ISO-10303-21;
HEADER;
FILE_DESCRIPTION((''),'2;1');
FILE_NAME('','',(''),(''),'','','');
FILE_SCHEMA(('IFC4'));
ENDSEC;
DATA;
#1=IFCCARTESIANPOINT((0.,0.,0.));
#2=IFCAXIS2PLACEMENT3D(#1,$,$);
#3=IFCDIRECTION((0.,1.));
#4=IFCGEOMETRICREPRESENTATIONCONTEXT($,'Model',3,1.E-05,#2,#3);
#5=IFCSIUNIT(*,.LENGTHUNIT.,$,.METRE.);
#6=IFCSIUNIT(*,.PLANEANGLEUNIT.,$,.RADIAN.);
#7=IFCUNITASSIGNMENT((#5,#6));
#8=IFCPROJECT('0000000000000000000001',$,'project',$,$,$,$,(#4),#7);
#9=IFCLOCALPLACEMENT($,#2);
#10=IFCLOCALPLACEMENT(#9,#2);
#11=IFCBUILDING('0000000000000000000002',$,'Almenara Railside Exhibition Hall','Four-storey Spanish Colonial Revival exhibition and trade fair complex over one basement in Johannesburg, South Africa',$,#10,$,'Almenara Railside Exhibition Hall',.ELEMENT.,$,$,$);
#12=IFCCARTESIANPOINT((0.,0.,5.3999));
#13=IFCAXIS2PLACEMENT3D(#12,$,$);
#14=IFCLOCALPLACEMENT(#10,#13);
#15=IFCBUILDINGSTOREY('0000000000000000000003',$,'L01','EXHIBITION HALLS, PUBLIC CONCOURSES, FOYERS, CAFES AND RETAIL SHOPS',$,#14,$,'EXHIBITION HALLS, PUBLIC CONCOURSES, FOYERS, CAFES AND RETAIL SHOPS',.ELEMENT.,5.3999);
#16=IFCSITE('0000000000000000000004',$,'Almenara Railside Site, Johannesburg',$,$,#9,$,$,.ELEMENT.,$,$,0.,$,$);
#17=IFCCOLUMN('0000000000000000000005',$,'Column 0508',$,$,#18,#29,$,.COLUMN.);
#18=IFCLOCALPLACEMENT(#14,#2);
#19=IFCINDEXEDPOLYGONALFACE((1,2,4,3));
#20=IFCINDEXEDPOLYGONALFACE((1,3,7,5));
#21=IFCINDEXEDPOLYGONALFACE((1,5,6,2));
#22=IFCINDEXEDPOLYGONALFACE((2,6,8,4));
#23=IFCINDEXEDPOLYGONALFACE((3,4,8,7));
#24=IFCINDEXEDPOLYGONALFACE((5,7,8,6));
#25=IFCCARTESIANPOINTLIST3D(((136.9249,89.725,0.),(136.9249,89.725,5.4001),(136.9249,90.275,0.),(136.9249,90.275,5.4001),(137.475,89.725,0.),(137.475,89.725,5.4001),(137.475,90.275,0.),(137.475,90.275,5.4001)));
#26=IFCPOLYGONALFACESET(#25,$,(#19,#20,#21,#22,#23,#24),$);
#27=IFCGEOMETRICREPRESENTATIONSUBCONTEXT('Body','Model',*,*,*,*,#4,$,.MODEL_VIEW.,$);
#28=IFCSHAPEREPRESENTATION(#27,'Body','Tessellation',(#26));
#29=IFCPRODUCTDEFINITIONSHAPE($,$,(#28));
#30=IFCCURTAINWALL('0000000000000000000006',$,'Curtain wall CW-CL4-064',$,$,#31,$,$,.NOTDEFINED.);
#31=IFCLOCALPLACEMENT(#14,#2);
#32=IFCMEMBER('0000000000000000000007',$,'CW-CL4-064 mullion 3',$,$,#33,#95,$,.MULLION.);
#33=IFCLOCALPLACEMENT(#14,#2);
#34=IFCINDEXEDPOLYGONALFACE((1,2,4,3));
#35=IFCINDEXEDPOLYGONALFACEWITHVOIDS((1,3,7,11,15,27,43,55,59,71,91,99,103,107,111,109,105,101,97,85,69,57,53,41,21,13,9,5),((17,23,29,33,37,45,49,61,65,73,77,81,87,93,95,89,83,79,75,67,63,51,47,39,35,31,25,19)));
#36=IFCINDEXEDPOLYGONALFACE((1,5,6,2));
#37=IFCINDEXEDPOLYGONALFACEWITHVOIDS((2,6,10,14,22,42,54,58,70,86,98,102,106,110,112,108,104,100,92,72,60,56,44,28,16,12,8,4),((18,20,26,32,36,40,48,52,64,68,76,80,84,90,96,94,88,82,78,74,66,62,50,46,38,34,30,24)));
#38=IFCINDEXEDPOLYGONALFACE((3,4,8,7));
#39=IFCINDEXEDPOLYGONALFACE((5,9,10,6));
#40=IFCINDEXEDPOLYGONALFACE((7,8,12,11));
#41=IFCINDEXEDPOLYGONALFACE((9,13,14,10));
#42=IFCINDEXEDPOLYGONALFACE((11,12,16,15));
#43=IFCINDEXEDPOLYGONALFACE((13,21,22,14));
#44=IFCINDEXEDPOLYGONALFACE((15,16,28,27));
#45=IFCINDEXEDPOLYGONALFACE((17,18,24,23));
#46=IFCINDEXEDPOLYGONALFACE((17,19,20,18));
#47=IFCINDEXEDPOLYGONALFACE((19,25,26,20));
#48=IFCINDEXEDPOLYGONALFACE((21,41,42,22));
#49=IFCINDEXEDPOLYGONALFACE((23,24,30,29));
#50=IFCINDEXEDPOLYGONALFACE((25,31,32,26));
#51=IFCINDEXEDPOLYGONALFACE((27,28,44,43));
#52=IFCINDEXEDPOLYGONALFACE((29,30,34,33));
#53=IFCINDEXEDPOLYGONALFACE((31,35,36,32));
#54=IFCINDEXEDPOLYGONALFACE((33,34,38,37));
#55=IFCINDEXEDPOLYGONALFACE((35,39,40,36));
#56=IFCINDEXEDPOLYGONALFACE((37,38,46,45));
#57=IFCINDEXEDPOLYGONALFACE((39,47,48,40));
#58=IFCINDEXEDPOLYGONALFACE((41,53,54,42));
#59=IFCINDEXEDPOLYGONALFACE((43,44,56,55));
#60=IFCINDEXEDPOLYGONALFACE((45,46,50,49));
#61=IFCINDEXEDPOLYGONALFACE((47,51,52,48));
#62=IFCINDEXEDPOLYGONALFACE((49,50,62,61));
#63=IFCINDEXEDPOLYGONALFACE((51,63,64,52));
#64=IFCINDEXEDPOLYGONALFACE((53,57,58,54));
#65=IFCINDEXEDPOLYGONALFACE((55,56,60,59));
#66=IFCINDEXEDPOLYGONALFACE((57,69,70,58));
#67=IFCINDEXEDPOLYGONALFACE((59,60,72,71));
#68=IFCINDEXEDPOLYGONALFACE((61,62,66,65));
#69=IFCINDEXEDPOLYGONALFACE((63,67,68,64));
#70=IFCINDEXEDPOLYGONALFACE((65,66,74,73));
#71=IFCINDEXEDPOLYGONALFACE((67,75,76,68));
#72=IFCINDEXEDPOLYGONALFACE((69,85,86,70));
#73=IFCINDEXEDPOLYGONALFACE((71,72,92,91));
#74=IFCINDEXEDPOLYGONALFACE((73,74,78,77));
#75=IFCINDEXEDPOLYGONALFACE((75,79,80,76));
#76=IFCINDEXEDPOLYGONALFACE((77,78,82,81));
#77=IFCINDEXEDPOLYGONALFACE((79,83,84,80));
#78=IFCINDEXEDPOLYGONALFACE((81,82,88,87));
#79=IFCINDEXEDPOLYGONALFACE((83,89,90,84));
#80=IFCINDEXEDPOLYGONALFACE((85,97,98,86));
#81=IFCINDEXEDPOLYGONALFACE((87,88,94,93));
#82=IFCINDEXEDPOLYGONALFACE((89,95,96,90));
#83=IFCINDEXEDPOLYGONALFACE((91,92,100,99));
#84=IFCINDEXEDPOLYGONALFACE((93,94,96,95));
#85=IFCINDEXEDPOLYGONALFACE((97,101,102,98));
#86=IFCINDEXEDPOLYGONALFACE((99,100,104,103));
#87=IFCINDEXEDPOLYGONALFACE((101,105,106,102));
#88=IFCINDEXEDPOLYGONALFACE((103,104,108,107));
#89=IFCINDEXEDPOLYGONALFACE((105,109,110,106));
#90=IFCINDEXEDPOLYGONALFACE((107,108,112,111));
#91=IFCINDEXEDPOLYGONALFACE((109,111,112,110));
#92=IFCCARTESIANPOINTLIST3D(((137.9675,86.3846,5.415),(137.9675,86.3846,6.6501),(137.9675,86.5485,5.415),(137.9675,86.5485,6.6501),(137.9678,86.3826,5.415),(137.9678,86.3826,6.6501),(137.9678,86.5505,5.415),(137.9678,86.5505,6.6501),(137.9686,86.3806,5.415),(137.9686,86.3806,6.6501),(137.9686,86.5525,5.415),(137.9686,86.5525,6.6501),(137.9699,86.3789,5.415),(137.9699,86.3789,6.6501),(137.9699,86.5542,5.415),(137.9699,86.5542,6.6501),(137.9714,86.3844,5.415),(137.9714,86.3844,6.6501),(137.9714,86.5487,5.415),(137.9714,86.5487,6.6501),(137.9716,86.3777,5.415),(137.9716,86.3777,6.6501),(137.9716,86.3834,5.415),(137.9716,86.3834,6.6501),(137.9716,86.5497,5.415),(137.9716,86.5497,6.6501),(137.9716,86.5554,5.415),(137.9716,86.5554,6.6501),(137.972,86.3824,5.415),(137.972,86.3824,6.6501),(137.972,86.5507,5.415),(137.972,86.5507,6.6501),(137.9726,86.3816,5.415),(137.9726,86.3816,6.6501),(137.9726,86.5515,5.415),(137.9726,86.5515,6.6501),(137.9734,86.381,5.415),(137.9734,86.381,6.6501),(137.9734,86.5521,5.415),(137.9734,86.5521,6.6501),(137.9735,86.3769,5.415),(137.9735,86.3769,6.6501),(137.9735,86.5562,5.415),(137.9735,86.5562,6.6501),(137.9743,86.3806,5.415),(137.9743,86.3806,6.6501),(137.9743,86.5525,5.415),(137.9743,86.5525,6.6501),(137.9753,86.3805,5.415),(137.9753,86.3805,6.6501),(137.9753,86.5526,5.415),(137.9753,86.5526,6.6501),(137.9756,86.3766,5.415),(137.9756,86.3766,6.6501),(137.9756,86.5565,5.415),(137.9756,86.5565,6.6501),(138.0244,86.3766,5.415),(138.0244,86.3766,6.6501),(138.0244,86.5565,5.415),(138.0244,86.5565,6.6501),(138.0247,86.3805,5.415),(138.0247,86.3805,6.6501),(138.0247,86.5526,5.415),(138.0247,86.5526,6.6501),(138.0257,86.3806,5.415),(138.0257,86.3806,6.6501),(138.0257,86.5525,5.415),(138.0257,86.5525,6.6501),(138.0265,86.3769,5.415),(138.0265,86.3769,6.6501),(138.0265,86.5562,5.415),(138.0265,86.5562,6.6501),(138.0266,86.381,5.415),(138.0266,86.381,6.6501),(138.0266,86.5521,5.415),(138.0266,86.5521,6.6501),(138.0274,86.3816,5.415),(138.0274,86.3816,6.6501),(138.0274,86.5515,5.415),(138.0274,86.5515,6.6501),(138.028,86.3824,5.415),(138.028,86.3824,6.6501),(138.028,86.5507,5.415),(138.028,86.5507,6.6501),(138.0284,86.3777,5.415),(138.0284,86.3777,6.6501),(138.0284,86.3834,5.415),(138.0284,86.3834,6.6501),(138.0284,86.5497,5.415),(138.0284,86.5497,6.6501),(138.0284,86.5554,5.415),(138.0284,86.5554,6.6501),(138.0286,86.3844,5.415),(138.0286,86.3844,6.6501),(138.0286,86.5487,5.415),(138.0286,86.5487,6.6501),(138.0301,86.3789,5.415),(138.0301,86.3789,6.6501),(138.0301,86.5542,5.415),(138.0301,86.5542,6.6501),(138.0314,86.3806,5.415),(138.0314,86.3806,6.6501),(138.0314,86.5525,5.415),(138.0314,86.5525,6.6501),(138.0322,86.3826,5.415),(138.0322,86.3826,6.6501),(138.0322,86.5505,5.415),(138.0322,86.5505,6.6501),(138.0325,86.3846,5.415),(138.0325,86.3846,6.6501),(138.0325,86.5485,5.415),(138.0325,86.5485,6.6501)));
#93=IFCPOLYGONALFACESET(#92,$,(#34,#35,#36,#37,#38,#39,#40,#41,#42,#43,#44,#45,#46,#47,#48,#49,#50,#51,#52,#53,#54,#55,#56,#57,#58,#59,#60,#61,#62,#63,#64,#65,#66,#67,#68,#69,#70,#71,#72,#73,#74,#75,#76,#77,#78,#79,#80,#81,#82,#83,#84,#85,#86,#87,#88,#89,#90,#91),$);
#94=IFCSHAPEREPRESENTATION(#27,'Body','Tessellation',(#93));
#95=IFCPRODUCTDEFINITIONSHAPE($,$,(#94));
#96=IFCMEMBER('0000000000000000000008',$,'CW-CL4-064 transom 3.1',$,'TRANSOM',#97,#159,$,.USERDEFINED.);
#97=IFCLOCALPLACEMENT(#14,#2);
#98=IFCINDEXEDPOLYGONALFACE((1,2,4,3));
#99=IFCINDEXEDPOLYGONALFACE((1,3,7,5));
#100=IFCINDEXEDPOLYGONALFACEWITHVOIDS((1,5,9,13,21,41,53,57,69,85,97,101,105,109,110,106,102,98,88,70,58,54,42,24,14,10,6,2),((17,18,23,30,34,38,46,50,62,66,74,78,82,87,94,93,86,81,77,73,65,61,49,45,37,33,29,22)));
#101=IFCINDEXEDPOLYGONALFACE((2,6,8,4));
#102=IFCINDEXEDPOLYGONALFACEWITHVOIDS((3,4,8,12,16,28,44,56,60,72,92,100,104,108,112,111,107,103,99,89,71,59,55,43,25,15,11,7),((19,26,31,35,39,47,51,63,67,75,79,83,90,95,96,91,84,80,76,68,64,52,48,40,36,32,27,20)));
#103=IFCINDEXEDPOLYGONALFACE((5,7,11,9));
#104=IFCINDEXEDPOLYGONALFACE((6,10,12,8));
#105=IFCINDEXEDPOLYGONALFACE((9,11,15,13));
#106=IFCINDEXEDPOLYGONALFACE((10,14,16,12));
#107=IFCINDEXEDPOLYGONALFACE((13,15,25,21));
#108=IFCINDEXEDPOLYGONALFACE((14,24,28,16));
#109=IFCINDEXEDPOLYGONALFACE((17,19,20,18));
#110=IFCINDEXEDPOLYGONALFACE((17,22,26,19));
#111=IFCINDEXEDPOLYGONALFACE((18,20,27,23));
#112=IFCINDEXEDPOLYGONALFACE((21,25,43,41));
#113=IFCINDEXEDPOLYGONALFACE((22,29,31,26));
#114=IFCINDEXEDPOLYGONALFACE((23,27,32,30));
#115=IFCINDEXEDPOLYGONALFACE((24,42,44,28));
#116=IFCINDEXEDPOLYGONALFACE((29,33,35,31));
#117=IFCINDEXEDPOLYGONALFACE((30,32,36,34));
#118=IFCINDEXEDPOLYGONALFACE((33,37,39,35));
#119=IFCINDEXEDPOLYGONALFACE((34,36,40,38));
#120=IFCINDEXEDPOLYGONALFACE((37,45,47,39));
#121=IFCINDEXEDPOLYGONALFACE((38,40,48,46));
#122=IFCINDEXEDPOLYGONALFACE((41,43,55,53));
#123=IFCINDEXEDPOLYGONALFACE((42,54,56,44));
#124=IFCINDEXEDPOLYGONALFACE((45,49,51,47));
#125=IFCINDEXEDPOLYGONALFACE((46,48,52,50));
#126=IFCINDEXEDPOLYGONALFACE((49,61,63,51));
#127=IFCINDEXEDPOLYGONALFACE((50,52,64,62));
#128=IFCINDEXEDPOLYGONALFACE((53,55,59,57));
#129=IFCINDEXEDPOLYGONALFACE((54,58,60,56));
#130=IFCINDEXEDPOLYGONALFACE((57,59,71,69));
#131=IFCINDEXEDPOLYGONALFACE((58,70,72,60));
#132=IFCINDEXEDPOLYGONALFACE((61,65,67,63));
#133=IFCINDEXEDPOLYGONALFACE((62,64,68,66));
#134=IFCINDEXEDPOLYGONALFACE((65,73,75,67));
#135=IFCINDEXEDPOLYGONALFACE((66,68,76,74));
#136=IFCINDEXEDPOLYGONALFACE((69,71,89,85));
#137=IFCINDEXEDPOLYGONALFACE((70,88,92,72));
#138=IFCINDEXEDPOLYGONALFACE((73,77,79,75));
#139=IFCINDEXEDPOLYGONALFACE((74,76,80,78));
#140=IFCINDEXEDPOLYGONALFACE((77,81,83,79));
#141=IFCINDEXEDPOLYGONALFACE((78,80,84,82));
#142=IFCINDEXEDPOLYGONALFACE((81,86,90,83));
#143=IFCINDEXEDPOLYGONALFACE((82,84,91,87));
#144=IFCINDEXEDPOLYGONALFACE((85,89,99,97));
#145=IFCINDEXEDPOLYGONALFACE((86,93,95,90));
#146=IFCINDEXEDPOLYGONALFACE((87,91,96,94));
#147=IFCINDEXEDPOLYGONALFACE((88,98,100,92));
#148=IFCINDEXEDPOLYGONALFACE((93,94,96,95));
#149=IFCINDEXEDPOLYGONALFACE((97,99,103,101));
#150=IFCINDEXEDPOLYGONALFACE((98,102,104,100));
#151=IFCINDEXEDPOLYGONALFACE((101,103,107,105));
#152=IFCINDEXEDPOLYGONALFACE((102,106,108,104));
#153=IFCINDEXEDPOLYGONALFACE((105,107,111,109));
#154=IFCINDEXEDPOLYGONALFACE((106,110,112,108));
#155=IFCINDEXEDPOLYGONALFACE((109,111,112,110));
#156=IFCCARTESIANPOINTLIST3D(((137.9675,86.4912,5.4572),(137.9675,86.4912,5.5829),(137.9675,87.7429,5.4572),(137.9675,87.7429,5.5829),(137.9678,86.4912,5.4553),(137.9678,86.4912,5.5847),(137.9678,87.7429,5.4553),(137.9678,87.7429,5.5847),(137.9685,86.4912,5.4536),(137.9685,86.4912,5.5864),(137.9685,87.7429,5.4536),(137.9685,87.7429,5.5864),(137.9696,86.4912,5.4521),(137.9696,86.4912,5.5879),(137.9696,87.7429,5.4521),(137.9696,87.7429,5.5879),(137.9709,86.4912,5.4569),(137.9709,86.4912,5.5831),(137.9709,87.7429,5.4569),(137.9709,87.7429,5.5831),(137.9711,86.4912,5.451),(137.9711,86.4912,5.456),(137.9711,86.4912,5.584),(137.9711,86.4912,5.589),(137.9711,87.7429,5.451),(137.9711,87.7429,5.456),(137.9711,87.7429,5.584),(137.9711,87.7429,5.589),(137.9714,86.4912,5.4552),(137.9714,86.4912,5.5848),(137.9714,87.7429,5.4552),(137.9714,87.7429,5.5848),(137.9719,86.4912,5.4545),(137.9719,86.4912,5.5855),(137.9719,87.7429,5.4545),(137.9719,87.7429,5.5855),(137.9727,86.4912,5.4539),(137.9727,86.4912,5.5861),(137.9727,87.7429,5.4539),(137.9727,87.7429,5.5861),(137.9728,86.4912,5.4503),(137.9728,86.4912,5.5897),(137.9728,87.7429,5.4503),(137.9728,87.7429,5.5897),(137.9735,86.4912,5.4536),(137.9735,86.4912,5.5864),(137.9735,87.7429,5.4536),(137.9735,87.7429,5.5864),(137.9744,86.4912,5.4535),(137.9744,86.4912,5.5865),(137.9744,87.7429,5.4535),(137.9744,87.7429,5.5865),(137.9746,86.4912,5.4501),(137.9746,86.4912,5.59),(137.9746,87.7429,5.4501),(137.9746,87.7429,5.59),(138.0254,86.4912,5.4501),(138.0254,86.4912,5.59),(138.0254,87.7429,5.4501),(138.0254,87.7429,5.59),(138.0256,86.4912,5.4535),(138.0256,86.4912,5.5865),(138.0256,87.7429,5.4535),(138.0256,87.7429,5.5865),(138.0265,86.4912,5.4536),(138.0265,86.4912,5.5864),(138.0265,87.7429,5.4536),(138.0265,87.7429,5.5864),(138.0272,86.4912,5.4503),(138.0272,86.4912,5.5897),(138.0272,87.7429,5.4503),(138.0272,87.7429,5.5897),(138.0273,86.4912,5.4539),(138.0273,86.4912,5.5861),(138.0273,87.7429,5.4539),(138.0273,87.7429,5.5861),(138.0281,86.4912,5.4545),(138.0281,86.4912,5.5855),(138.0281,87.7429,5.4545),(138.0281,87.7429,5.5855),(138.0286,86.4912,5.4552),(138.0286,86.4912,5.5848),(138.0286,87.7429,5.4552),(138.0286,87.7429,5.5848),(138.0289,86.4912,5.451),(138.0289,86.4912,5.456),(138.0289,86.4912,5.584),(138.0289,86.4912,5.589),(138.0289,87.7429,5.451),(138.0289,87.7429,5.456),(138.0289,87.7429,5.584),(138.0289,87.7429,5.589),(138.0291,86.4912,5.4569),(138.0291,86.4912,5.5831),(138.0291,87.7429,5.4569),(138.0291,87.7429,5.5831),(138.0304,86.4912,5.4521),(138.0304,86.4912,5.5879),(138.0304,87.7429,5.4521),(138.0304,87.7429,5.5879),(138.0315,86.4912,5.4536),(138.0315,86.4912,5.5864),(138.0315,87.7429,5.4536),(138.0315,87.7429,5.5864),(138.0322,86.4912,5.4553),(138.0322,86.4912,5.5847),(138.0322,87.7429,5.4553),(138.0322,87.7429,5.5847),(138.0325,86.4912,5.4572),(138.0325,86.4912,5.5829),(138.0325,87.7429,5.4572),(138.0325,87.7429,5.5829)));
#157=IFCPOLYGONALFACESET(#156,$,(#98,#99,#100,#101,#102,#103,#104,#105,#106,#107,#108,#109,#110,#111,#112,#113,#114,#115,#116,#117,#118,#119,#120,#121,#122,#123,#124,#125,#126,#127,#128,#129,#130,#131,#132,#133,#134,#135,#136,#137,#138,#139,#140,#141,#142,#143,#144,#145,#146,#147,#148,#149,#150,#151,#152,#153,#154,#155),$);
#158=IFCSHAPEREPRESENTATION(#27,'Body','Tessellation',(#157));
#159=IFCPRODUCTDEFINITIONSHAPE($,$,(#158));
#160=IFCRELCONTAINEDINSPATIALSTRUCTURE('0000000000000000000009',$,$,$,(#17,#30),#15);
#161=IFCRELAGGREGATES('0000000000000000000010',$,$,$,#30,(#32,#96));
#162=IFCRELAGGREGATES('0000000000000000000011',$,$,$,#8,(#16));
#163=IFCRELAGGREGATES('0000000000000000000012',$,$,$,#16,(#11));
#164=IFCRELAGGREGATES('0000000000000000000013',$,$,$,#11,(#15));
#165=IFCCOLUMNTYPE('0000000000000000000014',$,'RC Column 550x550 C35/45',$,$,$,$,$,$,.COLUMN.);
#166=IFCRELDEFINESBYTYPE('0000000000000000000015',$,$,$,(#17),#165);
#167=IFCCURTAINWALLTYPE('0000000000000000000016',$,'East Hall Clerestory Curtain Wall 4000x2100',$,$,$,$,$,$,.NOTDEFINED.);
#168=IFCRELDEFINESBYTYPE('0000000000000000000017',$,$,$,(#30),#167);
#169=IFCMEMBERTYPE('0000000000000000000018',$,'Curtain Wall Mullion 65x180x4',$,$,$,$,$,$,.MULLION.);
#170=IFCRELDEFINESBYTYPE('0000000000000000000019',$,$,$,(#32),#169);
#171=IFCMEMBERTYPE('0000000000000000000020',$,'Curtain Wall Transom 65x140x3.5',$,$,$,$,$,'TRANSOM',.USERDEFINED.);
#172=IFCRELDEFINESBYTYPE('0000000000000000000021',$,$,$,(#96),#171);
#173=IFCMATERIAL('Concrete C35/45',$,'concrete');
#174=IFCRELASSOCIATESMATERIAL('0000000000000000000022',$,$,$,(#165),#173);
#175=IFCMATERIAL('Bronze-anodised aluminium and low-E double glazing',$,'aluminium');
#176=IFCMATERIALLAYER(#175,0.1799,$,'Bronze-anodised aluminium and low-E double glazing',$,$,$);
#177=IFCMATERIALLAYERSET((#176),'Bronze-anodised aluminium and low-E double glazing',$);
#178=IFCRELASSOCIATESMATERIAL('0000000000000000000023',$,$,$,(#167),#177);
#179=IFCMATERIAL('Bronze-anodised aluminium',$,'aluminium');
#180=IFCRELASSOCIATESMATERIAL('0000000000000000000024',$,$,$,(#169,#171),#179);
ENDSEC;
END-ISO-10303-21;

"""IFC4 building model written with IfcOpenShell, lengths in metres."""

from ifc_helpers import new_model, si_unit, direction, frame, origin, origin_2d, place, context, subcontext, project, spatial, rectangle, hollow_rectangle, extrude, material, layer, layer_set, material_profile, profile_set, type_object, element, aggregate, save


model = new_model("IFC4")

# Units and contexts
model_context = context("Model", 3, precision=1e-05, world=origin(), true_north=direction((0.0, 1.0)))
body_context = subcontext(model_context, "Body", "Model", "MODEL_VIEW")
ifc_project = project(units=[si_unit("LENGTHUNIT", "METRE"), si_unit("PLANEANGLEUNIT", "RADIAN")], contexts=[model_context])

# Site, building, storey
site_placement = place(None, origin())
site = spatial("IfcSite", under=ifc_project, at=site_placement, Name="Almenara Railside Site, Johannesburg", CompositionType="ELEMENT", RefElevation=0.0)
building_placement = place(site_placement, origin())
building = spatial("IfcBuilding", under=site, at=building_placement, Name="Almenara Railside Exhibition Hall", Description="Four-storey Spanish Colonial Revival exhibition and trade fair complex over one basement in Johannesburg, South Africa", LongName="Almenara Railside Exhibition Hall", CompositionType="ELEMENT")
storey_placement = place(building_placement, frame((0.0, 0.0, 5.3999)))
storey = spatial("IfcBuildingStorey", under=building, at=storey_placement, Name="L01", Description="EXHIBITION HALLS, PUBLIC CONCOURSES, FOYERS, CAFES AND RETAIL SHOPS", LongName="EXHIBITION HALLS, PUBLIC CONCOURSES, FOYERS, CAFES AND RETAIL SHOPS", CompositionType="ELEMENT", Elevation=5.3999)

# Column
ifc_material_1 = material(Name="Concrete C35/45", Category="concrete")
ifc_material_profile_1 = material_profile(ifc_material_1, rectangle(XDim=0.55, YDim=0.55, at=origin_2d()), Name="RC 550x550")
ifc_profile_set_1 = profile_set([ifc_material_profile_1], Name="Concrete C35/45")
column_type = type_object("IfcColumnType", Name="RC Column 550x550 C35/45", PredefinedType="COLUMN", material=ifc_profile_set_1)
column_placement = place(storey_placement, frame((137.2, 90.0, 0.0), z_axis=(0.0, 0.0, 1.0), x_axis=(1.0, 0.0, 0.0)))
element("IfcColumn", 1, at=column_placement, inside=storey, type_object=column_type, Name="Column 0508", PredefinedType="COLUMN", context=body_context, shape_type="SweptSolid", body=[
    extrude(rectangle(XDim=0.55, YDim=0.55, at=origin_2d()), origin(), (0.0, 0.0, 1.0), 5.4001),
])

# Curtain wall, members
ifc_material_2 = material(Name="Bronze-anodised aluminium and low-E double glazing", Category="aluminium")
ifc_layer_1 = layer(ifc_material_2, 0.1799, Name="Bronze-anodised aluminium and low-E double glazing")
ifc_layer_set_1 = layer_set([ifc_layer_1], Name="Bronze-anodised aluminium and low-E double glazing")
curtain_wall_type = type_object("IfcCurtainWallType", Name="East Hall Clerestory Curtain Wall 4000x2100", PredefinedType="NOTDEFINED", material=ifc_layer_set_1)
curtain_wall_placement = place(storey_placement, origin())
curtain_wall = element("IfcCurtainWall", 2, at=curtain_wall_placement, inside=storey, type_object=curtain_wall_type, Name="Curtain wall CW-CL4-064", PredefinedType="NOTDEFINED")
ifc_material_3 = material(Name="Bronze-anodised aluminium", Category="aluminium")
ifc_material_profile_2 = material_profile(ifc_material_3, hollow_rectangle(XDim=0.0649, YDim=0.1799, WallThickness=0.0039, InnerFilletRadius=0.0039, OuterFilletRadius=0.0081, at=origin_2d()), Name="ALU-MUL 65x180x4")
ifc_profile_set_2 = profile_set([ifc_material_profile_2], Name="Bronze-anodised aluminium")
member_type_1 = type_object("IfcMemberType", Name="Curtain Wall Mullion 65x180x4", PredefinedType="MULLION", material=ifc_profile_set_2)
member_1_placement = place(storey_placement, frame((138.0, 86.4666, 5.415), z_axis=(0.0, 0.0, 1.0), x_axis=(-1.0, 0.0, 0.0)))
member_1 = element("IfcMember", 3, at=member_1_placement, type_object=member_type_1, Name="CW-CL4-064 mullion 3", PredefinedType="MULLION", context=body_context, shape_type="SweptSolid", body=[
    extrude(hollow_rectangle(XDim=0.0649, YDim=0.1799, WallThickness=0.0039, InnerFilletRadius=0.0039, OuterFilletRadius=0.0081, at=origin_2d()), origin(), (0.0, 0.0, 1.0), 1.2351),
])
ifc_material_profile_3 = material_profile(ifc_material_3, hollow_rectangle(XDim=0.0649, YDim=0.1399, WallThickness=0.0034, InnerFilletRadius=0.0034, OuterFilletRadius=0.0071, at=origin_2d()), Name="ALU-TRN 65x140x3.5")
ifc_profile_set_3 = profile_set([ifc_material_profile_3], Name="Bronze-anodised aluminium")
member_type_2 = type_object("IfcMemberType", Name="Curtain Wall Transom 65x140x3.5", ElementType="TRANSOM", PredefinedType="USERDEFINED", material=ifc_profile_set_3)
member_2_placement = place(storey_placement, frame((138.0, 86.4912, 5.52), z_axis=(0.0, 1.0, 0.0), x_axis=(-1.0, 0.0, 0.0)))
member_2 = element("IfcMember", 4, at=member_2_placement, type_object=member_type_2, Name="CW-CL4-064 transom 3.1", ObjectType="TRANSOM", PredefinedType="USERDEFINED", context=body_context, shape_type="SweptSolid", body=[
    extrude(hollow_rectangle(XDim=0.0649, YDim=0.1399, WallThickness=0.0034, InnerFilletRadius=0.0034, OuterFilletRadius=0.0071, at=origin_2d()), origin(), (0.0, 0.0, 1.0), 1.2517),
])

aggregate(curtain_wall, [member_1, member_2])

save(model, "model.ifc")
